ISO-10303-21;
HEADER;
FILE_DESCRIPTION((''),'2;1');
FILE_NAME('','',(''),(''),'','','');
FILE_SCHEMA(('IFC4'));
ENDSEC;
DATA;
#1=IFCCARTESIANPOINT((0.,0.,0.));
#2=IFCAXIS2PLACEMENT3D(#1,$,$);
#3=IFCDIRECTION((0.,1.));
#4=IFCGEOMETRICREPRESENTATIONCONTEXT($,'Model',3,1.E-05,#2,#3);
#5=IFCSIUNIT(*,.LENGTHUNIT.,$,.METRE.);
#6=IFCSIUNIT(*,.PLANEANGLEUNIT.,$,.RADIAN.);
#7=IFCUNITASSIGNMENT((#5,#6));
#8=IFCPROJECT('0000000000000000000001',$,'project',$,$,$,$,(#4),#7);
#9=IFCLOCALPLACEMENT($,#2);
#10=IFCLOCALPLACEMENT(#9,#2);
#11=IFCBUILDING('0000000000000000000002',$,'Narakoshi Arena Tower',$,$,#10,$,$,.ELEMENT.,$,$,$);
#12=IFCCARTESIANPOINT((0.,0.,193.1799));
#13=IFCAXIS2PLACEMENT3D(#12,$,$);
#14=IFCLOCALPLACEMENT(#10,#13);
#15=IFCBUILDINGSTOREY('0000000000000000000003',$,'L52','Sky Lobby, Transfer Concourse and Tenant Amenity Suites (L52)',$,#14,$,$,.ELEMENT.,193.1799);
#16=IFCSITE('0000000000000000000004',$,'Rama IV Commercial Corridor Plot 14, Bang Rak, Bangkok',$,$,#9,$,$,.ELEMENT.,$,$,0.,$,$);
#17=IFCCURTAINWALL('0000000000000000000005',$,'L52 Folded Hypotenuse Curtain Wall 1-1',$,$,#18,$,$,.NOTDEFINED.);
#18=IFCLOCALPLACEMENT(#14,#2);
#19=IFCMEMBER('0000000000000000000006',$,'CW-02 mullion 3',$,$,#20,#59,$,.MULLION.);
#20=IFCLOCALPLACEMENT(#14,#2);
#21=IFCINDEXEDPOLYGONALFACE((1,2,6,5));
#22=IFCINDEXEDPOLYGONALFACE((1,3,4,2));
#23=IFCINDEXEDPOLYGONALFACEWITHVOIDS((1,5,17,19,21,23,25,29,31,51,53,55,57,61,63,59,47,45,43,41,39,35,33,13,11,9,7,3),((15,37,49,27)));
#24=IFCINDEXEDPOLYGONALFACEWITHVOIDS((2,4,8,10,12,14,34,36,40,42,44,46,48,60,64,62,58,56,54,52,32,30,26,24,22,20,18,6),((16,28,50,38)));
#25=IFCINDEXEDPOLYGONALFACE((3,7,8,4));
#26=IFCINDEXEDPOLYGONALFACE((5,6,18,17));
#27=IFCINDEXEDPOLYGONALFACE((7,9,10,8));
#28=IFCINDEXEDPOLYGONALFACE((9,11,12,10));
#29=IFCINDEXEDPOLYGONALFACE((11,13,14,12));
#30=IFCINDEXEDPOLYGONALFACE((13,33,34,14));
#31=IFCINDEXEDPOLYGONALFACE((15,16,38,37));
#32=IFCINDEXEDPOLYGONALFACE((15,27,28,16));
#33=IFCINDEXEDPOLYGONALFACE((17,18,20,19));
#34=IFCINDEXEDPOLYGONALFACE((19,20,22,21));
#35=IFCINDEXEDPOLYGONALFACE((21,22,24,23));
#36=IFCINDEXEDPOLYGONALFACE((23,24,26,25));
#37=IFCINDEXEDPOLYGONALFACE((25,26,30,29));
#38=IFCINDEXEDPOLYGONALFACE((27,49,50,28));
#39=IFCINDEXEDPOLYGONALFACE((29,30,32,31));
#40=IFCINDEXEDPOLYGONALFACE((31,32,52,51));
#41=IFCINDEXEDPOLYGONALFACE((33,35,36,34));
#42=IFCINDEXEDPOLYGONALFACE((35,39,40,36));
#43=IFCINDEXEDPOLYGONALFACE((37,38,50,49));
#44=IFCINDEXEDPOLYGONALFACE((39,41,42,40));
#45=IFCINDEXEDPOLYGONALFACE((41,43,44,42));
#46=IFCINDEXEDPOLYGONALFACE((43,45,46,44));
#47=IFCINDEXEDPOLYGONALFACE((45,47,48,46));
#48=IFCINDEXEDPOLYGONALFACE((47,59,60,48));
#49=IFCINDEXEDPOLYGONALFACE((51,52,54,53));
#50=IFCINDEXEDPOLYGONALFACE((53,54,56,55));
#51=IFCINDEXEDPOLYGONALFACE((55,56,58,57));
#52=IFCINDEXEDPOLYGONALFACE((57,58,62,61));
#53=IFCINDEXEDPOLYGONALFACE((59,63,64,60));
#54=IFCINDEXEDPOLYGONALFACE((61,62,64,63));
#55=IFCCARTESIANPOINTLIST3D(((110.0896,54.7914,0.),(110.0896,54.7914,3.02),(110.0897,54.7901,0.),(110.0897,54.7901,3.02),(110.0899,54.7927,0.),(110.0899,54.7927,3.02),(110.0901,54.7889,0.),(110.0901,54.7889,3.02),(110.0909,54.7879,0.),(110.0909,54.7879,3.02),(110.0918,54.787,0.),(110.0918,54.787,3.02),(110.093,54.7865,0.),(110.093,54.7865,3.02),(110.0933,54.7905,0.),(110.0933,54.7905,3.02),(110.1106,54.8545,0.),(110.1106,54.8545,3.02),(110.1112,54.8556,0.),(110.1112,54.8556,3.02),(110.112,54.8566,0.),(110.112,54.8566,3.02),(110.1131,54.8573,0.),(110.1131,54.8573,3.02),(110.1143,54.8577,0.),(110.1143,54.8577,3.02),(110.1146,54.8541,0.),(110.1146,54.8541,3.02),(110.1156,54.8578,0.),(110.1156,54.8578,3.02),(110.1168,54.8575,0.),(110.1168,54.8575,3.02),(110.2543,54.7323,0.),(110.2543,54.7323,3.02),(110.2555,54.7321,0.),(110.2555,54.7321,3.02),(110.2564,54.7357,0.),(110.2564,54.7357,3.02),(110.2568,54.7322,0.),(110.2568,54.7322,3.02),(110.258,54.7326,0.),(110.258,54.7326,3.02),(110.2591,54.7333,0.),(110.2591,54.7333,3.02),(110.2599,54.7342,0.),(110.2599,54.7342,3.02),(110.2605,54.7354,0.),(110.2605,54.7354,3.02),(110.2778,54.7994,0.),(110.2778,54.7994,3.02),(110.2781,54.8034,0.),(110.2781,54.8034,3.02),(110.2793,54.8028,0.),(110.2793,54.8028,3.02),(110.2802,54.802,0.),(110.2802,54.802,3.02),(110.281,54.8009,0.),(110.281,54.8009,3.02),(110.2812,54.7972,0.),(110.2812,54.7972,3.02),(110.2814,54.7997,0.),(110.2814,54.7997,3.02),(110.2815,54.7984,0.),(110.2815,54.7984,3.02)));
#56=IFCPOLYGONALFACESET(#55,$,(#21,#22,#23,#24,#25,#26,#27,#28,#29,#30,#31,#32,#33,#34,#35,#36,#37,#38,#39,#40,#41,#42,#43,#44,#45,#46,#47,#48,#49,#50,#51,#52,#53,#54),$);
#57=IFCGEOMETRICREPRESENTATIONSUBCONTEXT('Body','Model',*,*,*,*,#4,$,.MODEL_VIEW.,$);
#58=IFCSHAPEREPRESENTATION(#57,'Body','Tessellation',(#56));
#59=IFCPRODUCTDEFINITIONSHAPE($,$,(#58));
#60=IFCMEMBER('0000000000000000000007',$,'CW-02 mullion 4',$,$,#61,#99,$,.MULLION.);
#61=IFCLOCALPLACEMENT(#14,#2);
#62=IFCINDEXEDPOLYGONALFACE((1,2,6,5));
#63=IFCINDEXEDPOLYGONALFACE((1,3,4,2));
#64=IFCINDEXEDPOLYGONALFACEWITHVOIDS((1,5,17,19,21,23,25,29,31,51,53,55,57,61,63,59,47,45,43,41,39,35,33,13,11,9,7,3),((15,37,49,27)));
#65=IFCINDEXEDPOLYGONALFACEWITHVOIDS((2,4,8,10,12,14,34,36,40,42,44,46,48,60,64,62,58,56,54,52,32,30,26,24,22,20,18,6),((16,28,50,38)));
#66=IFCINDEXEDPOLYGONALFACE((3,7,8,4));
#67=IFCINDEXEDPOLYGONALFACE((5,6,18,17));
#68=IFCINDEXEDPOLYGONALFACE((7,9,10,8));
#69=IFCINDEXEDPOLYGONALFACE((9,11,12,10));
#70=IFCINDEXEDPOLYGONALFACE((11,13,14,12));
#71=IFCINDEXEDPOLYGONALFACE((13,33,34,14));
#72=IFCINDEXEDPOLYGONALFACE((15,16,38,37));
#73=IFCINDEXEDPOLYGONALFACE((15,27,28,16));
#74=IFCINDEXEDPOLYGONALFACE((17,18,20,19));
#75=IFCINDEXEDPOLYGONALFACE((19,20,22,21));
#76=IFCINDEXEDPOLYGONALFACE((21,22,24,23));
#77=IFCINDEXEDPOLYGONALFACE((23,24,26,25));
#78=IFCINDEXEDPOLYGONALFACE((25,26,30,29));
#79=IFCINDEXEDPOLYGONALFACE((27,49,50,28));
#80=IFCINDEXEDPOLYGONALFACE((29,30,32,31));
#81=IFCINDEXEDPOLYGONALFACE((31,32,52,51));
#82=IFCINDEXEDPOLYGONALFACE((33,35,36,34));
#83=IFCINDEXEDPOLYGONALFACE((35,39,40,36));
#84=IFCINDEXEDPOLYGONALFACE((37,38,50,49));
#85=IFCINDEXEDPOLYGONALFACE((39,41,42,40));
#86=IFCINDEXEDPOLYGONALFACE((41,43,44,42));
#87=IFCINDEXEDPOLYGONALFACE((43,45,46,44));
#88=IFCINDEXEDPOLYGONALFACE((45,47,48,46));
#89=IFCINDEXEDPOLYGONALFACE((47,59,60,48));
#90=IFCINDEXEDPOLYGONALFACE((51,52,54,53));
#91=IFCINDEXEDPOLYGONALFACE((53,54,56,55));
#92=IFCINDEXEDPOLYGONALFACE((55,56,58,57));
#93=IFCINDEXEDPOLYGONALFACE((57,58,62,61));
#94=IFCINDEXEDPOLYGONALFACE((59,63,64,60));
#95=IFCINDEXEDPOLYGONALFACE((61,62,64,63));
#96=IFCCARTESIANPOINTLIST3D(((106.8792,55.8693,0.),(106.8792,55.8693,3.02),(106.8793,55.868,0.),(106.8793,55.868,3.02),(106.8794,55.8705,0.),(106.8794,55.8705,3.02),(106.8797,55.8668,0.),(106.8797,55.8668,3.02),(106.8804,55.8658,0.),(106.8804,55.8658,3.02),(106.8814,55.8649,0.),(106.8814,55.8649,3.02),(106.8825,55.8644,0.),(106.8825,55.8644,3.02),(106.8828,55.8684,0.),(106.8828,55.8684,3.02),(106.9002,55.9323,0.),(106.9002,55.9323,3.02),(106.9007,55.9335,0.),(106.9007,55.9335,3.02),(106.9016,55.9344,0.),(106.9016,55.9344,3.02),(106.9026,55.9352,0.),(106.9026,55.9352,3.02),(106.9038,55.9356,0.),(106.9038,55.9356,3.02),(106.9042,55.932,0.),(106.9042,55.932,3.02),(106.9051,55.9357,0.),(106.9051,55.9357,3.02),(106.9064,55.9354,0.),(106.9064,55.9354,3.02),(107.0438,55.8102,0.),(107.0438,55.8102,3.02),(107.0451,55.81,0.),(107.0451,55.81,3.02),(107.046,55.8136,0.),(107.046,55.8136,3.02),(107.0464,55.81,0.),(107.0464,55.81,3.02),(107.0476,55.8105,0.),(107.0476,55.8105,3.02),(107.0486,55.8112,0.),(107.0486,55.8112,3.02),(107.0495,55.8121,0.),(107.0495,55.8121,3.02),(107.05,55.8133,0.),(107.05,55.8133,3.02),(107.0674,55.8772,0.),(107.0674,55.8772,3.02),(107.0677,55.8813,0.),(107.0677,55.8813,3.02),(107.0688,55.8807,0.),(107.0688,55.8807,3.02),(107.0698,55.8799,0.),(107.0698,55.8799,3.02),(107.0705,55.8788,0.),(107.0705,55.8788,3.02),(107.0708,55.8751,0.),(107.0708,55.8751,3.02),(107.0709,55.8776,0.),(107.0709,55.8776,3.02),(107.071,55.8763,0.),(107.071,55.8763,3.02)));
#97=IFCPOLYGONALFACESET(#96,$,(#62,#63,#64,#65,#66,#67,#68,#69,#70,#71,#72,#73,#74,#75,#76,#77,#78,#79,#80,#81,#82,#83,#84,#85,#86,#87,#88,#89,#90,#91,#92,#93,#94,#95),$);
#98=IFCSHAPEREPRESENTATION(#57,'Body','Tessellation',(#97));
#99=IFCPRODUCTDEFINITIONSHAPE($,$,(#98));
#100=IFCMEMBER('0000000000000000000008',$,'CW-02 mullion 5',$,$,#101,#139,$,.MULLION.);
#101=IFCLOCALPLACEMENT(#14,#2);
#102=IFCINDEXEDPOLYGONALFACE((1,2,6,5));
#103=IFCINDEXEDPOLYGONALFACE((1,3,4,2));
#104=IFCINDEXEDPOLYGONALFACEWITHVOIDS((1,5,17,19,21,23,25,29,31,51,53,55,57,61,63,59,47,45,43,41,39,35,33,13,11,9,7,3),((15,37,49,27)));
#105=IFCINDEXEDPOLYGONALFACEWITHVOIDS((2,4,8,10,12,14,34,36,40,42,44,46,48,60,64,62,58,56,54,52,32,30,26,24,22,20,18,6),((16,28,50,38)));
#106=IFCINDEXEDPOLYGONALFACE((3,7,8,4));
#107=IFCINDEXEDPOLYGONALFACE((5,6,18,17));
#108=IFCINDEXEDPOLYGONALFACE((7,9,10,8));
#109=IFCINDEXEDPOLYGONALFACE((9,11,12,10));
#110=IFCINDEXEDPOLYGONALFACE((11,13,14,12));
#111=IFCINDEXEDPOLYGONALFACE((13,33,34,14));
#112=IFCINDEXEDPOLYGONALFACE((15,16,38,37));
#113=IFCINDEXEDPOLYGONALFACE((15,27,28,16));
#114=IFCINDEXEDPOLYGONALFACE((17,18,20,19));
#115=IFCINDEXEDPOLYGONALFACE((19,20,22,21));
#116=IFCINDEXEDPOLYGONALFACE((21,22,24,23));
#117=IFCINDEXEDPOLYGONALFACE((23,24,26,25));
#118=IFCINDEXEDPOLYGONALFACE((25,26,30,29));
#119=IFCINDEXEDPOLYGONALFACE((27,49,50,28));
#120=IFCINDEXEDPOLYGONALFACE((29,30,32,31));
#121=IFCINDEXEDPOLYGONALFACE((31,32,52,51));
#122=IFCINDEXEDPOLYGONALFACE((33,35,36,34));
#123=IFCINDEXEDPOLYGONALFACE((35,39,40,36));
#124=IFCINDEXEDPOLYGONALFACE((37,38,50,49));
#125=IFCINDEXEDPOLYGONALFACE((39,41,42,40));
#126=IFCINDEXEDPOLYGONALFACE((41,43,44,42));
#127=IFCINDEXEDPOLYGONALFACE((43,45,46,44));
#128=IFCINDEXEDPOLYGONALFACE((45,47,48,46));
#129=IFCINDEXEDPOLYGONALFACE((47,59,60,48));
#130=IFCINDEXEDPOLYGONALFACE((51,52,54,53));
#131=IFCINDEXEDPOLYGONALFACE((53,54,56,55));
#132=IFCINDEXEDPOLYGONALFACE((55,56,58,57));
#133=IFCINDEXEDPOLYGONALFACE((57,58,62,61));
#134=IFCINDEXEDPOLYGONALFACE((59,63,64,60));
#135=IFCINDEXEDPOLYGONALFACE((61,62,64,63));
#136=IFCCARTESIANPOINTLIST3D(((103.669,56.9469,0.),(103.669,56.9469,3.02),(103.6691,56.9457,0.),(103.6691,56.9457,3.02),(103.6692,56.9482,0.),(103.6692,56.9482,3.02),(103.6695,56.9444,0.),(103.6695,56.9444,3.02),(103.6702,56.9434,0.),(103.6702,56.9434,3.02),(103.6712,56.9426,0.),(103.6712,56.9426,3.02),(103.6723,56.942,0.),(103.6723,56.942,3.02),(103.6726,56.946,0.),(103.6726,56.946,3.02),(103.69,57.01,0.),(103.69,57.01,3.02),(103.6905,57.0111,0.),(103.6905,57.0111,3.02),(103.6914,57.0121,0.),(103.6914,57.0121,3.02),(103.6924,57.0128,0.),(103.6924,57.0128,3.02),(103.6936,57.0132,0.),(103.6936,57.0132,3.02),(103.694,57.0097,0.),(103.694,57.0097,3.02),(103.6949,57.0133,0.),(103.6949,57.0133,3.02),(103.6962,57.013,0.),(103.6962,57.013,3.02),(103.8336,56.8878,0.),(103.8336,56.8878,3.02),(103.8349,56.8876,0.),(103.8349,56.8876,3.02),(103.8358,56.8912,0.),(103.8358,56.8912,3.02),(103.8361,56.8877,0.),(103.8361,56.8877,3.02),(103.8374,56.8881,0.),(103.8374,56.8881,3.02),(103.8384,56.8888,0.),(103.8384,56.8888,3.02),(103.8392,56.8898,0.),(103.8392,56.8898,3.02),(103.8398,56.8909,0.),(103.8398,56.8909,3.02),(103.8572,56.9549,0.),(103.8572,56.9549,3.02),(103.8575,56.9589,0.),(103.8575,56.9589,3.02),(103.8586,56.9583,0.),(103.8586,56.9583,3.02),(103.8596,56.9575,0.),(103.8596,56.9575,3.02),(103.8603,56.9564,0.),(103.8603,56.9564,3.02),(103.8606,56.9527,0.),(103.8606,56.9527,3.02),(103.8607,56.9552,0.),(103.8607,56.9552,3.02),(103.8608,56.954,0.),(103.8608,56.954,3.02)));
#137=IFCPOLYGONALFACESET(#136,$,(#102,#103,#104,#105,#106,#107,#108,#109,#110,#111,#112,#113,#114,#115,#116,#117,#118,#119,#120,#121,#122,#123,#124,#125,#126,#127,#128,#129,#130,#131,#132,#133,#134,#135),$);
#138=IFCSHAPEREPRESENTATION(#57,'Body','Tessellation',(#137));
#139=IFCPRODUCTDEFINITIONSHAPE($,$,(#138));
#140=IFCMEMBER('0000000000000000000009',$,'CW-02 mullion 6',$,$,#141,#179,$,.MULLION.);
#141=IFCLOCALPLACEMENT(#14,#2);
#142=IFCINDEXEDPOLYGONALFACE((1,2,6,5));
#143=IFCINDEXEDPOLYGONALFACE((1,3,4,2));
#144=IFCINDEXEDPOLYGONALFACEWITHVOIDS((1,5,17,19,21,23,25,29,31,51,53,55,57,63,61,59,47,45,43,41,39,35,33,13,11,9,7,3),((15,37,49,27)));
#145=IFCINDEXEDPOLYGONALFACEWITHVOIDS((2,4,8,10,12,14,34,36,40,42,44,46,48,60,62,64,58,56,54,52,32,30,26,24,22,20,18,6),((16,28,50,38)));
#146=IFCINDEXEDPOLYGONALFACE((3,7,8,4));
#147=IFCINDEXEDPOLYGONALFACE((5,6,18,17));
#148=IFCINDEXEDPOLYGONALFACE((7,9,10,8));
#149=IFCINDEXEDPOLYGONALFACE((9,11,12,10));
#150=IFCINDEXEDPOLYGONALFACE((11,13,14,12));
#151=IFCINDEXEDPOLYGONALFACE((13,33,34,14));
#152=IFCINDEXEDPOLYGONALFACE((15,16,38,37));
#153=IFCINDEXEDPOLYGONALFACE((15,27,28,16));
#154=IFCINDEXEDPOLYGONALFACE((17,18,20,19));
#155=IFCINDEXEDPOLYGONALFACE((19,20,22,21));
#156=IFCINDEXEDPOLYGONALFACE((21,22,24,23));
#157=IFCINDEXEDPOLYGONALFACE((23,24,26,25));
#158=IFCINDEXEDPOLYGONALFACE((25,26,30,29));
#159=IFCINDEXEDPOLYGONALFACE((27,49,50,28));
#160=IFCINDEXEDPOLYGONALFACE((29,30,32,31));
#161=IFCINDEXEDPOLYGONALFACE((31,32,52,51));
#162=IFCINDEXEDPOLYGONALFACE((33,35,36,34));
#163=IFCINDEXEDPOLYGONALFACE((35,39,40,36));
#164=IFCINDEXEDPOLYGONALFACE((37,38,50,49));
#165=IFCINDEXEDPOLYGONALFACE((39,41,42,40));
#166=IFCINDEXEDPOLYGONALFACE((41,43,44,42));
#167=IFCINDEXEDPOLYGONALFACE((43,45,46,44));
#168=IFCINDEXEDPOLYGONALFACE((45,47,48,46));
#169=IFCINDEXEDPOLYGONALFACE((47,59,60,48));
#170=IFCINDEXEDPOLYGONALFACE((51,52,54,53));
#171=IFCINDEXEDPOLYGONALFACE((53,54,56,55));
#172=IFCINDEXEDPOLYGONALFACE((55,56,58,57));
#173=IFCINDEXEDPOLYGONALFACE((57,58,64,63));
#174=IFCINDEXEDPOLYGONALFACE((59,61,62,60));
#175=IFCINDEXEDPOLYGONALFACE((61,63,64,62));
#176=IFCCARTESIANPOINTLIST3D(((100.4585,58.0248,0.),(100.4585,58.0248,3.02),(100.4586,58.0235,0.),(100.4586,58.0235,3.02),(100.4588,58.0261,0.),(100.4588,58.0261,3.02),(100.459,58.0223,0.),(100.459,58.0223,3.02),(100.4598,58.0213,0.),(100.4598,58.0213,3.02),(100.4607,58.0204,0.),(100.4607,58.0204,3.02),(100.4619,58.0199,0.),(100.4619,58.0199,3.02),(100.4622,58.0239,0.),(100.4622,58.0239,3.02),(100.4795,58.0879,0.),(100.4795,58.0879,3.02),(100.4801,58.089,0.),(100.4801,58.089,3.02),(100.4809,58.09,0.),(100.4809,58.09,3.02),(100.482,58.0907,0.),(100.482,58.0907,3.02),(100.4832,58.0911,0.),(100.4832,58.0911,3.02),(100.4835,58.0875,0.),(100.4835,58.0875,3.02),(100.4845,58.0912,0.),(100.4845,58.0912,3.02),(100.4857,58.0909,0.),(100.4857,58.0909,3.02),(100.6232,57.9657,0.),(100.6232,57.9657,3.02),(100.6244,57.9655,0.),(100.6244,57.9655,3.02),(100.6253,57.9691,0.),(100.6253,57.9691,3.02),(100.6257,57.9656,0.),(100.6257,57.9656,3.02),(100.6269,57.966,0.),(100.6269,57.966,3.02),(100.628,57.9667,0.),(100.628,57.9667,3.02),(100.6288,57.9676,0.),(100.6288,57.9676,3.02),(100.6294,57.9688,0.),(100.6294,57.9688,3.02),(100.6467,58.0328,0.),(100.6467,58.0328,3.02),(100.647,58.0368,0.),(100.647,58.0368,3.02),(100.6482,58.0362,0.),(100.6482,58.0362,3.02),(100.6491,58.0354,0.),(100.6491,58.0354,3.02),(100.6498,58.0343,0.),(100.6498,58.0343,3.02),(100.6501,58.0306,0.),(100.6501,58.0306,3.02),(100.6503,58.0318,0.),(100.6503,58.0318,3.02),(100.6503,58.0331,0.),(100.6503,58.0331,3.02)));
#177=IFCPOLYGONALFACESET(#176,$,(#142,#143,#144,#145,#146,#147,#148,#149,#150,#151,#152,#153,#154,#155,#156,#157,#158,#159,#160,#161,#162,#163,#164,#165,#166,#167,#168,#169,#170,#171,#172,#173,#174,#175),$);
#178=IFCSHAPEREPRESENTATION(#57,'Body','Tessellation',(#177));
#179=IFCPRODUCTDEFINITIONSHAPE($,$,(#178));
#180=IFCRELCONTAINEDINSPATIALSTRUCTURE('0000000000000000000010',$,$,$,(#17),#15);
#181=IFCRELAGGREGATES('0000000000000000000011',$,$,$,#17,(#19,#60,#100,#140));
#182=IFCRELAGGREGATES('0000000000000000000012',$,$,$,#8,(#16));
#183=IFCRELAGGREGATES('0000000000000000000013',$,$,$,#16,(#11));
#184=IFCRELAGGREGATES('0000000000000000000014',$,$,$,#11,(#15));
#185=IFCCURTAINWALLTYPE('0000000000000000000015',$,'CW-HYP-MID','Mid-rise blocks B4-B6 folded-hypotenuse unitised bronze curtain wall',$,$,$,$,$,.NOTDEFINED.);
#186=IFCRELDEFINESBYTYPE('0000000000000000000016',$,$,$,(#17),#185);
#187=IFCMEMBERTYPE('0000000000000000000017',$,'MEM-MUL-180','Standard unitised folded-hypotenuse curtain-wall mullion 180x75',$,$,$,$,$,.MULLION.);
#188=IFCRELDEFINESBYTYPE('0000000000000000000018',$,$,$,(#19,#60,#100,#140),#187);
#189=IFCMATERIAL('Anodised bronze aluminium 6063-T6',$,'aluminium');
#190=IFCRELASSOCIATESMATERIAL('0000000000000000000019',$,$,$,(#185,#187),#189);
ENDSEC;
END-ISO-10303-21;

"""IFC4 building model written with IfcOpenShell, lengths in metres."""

from ifc_helpers import new_model, si_unit, direction, frame, origin, origin_2d, place, context, subcontext, project, spatial, hollow_rectangle, extrude, material, material_profile, profile_set, type_object, element, aggregate, save


model = new_model("IFC4")

# Units and contexts
model_context = context("Model", 3, precision=1e-05, world=origin(), true_north=direction((0.0, 1.0)))
body_context = subcontext(model_context, "Body", "Model", "MODEL_VIEW")
ifc_project = project(units=[si_unit("LENGTHUNIT", "METRE"), si_unit("PLANEANGLEUNIT", "RADIAN")], contexts=[model_context])

# Site, building, storey
site_placement = place(None, origin())
site = spatial("IfcSite", under=ifc_project, at=site_placement, Name="Rama IV Commercial Corridor Plot 14, Bang Rak, Bangkok", CompositionType="ELEMENT", RefElevation=0.0)
building_placement = place(site_placement, origin())
building = spatial("IfcBuilding", under=site, at=building_placement, Name="Narakoshi Arena Tower", CompositionType="ELEMENT")
storey_placement = place(building_placement, frame((0.0, 0.0, 193.1799)))
storey = spatial("IfcBuildingStorey", under=building, at=storey_placement, Name="L52", Description="Sky Lobby, Transfer Concourse and Tenant Amenity Suites (L52)", CompositionType="ELEMENT", Elevation=193.1799)

# Curtain wall, members
ifc_material_1 = material(Name="Anodised bronze aluminium 6063-T6", Category="aluminium")
curtain_wall_type = type_object("IfcCurtainWallType", Name="CW-HYP-MID", Description="Mid-rise blocks B4-B6 folded-hypotenuse unitised bronze curtain wall", PredefinedType="NOTDEFINED", material=ifc_material_1)
curtain_wall_placement = place(storey_placement, origin())
curtain_wall = element("IfcCurtainWall", 1, at=curtain_wall_placement, inside=storey, type_object=curtain_wall_type, Name="L52 Folded Hypotenuse Curtain Wall 1-1", PredefinedType="NOTDEFINED")
ifc_material_profile_1 = material_profile(ifc_material_1, hollow_rectangle(XDim=0.075, YDim=0.1799, WallThickness=0.0039, OuterFilletRadius=0.0049, at=origin_2d()), Name="MUL180x75x4")
ifc_profile_set_1 = profile_set([ifc_material_profile_1], Name="Anodised bronze aluminium 6063-T6")
member_type_1 = type_object("IfcMemberType", Name="MEM-MUL-180", Description="Standard unitised folded-hypotenuse curtain-wall mullion 180x75", PredefinedType="MULLION", material=ifc_profile_set_1)
member_1_placement = place(storey_placement, frame((110.1855, 54.7949, 0.0), z_axis=(0.0, 0.0, 1.0), x_axis=(-0.318263, -0.948002, 0.0)))
member_1 = element("IfcMember", 2, at=member_1_placement, type_object=member_type_1, Name="CW-02 mullion 3", PredefinedType="MULLION", context=body_context, shape_type="SweptSolid", body=[
    extrude(hollow_rectangle(XDim=0.075, YDim=0.1799, WallThickness=0.0039, OuterFilletRadius=0.0049, at=origin_2d()), origin(), (0.0, 0.0, 1.0), 3.02),
])
member_2_placement = place(storey_placement, frame((106.9751, 55.8728, 0.0), z_axis=(0.0, 0.0, 1.0), x_axis=(-0.318263, -0.948002, 0.0)))
member_2 = element("IfcMember", 3, at=member_2_placement, type_object=member_type_1, Name="CW-02 mullion 4", PredefinedType="MULLION", context=body_context, shape_type="SweptSolid", body=[
    extrude(hollow_rectangle(XDim=0.075, YDim=0.1799, WallThickness=0.0039, OuterFilletRadius=0.0049, at=origin_2d()), origin(), (0.0, 0.0, 1.0), 3.02),
])
member_3_placement = place(storey_placement, frame((103.7649, 56.9504, 0.0), z_axis=(0.0, 0.0, 1.0), x_axis=(-0.318263, -0.948002, 0.0)))
member_3 = element("IfcMember", 4, at=member_3_placement, type_object=member_type_1, Name="CW-02 mullion 5", PredefinedType="MULLION", context=body_context, shape_type="SweptSolid", body=[
    extrude(hollow_rectangle(XDim=0.075, YDim=0.1799, WallThickness=0.0039, OuterFilletRadius=0.0049, at=origin_2d()), origin(), (0.0, 0.0, 1.0), 3.02),
])
member_4_placement = place(storey_placement, frame((100.5544, 58.0283, 0.0), z_axis=(0.0, 0.0, 1.0), x_axis=(-0.318263, -0.948002, 0.0)))
member_4 = element("IfcMember", 5, at=member_4_placement, type_object=member_type_1, Name="CW-02 mullion 6", PredefinedType="MULLION", context=body_context, shape_type="SweptSolid", body=[
    extrude(hollow_rectangle(XDim=0.075, YDim=0.1799, WallThickness=0.0039, OuterFilletRadius=0.0049, at=origin_2d()), origin(), (0.0, 0.0, 1.0), 3.02),
])
aggregate(curtain_wall, [member_1, member_2, member_3, member_4])

save(model, "model.ifc")
